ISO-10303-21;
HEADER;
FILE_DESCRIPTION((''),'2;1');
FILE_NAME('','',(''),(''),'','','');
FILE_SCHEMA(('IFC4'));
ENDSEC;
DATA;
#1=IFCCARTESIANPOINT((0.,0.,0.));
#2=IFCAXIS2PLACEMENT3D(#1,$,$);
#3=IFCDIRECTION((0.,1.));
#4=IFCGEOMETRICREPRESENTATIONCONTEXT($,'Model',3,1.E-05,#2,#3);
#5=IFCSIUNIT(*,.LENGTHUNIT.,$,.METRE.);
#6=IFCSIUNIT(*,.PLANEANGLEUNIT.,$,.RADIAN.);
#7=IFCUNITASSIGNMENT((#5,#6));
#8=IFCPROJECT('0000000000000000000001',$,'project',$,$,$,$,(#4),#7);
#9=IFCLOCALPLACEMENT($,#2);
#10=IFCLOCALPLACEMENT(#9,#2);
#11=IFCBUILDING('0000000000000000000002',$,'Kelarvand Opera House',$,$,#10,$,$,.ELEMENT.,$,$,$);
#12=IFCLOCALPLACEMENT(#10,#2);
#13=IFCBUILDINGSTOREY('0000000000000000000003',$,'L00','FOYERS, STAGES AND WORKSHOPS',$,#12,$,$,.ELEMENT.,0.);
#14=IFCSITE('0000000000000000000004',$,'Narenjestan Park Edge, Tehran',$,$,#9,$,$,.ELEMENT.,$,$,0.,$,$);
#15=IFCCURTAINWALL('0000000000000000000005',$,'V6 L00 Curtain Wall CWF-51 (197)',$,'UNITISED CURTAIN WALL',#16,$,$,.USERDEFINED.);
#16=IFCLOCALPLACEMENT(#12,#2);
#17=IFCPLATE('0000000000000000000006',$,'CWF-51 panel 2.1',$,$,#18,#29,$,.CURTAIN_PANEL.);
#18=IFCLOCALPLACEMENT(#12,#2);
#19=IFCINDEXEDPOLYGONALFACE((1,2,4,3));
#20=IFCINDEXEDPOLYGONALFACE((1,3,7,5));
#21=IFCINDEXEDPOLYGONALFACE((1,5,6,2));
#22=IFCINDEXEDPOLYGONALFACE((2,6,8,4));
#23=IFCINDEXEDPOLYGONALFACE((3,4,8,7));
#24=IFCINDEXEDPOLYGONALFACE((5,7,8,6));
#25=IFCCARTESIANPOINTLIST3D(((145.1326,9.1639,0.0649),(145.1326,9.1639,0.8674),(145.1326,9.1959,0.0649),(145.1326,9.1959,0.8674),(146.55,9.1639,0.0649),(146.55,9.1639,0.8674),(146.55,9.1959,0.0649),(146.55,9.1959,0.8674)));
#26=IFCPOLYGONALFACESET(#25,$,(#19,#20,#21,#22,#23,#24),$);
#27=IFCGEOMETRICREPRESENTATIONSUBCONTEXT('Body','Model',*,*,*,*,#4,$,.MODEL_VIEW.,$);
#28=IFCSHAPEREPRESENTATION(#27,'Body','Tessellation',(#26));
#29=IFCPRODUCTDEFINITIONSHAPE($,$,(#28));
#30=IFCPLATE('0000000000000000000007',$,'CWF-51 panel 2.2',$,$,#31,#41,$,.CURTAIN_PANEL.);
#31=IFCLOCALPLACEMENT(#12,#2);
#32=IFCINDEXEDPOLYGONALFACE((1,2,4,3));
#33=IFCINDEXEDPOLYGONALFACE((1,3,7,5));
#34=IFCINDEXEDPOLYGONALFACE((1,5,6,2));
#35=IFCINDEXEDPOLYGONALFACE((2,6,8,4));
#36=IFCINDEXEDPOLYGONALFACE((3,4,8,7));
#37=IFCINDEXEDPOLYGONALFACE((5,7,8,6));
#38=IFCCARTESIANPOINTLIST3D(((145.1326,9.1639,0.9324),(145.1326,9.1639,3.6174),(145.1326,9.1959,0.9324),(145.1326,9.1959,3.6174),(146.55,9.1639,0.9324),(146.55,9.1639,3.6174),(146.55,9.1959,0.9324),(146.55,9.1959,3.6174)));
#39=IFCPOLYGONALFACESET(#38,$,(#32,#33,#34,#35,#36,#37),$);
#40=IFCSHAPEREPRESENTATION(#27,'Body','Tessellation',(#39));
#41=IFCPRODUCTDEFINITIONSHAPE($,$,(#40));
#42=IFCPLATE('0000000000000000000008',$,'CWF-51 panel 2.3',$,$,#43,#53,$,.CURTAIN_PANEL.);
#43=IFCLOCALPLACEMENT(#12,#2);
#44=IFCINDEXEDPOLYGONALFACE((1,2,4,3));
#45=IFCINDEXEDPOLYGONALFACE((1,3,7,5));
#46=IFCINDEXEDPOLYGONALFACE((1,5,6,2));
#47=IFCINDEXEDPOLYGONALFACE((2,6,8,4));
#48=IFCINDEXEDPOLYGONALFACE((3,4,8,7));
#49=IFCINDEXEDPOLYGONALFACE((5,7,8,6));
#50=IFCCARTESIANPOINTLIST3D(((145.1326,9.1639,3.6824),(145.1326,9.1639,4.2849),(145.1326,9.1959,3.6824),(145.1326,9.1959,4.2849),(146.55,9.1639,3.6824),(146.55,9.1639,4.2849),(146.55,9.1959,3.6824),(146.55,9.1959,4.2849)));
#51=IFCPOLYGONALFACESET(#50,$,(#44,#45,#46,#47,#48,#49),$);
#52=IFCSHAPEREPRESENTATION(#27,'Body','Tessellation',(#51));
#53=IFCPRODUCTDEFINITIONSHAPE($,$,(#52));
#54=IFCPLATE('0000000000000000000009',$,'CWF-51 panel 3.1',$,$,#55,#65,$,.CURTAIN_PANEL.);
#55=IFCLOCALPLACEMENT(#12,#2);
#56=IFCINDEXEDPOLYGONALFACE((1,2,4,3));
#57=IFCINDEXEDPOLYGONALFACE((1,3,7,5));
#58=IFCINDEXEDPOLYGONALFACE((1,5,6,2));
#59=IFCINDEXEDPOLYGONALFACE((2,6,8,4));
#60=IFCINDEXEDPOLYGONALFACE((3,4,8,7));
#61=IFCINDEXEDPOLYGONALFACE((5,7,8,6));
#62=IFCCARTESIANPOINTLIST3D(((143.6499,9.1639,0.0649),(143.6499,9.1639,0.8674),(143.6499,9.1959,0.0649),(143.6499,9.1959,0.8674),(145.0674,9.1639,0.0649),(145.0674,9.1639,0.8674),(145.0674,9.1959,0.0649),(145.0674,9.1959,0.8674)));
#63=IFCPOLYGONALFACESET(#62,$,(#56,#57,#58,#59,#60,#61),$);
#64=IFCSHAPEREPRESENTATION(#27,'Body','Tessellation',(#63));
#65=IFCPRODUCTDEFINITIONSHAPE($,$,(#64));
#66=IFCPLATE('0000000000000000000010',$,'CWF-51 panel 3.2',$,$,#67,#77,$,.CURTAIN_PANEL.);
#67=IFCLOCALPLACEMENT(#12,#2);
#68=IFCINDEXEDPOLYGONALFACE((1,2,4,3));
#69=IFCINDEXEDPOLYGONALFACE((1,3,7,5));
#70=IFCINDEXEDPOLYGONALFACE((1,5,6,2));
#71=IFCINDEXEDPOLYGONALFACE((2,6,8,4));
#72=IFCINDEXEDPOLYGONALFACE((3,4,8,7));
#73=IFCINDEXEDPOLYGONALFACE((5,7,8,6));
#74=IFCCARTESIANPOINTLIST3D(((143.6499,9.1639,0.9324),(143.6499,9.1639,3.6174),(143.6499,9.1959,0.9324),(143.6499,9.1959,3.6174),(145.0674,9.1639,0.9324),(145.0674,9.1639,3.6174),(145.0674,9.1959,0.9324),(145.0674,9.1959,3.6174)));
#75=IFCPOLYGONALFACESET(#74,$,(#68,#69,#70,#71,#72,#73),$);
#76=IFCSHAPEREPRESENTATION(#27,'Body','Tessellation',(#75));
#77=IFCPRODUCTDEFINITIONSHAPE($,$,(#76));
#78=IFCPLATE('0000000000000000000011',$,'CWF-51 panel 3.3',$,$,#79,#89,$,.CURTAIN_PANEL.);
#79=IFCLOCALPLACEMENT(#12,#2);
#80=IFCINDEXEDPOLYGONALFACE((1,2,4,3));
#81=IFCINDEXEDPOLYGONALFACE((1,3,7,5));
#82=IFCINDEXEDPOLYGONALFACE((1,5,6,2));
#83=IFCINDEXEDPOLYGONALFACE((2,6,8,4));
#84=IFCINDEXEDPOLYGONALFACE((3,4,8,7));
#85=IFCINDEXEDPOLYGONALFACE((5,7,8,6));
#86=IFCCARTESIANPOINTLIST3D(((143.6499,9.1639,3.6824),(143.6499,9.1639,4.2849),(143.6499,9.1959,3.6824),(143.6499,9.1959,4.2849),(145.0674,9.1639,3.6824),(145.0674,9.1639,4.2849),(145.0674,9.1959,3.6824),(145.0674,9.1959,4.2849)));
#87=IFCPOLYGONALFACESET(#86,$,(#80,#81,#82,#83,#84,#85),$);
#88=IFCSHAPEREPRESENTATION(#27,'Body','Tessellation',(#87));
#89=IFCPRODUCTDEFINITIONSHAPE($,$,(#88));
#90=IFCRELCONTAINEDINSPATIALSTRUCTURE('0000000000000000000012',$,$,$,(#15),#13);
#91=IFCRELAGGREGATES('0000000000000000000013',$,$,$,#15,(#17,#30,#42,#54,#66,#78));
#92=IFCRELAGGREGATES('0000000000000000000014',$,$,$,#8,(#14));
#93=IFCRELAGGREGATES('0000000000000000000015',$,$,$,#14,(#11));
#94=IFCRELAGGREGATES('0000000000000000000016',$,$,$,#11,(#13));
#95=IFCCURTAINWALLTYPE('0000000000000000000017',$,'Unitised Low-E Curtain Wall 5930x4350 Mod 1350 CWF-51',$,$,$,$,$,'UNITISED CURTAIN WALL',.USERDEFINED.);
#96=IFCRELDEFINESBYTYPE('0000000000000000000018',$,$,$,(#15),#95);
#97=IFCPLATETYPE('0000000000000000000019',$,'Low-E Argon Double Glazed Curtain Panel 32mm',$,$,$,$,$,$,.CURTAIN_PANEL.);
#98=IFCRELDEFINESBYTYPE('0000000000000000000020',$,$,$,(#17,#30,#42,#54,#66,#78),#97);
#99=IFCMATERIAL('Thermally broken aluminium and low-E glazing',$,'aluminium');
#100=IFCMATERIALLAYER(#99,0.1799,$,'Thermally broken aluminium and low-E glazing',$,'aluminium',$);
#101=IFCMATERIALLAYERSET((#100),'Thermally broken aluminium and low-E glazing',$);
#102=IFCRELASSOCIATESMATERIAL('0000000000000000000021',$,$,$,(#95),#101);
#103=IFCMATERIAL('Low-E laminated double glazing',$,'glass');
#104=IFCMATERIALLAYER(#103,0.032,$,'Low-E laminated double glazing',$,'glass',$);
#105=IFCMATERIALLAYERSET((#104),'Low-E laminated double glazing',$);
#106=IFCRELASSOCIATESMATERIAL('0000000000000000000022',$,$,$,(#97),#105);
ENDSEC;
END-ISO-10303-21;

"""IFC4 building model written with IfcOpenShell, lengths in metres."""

from ifc_helpers import new_model, si_unit, direction, frame, origin, origin_2d, place, context, subcontext, project, spatial, rectangle, extrude, material, layer, layer_set, type_object, element, aggregate, save


model = new_model("IFC4")

# Units and contexts
model_context = context("Model", 3, precision=1e-05, world=origin(), true_north=direction((0.0, 1.0)))
body_context = subcontext(model_context, "Body", "Model", "MODEL_VIEW")
ifc_project = project(units=[si_unit("LENGTHUNIT", "METRE"), si_unit("PLANEANGLEUNIT", "RADIAN")], contexts=[model_context])

# Site, building, storey
site_placement = place(None, origin())
site = spatial("IfcSite", under=ifc_project, at=site_placement, Name="Narenjestan Park Edge, Tehran", CompositionType="ELEMENT", RefElevation=0.0)
building_placement = place(site_placement, origin())
building = spatial("IfcBuilding", under=site, at=building_placement, Name="Kelarvand Opera House", CompositionType="ELEMENT")
storey_placement = place(building_placement, origin())
storey = spatial("IfcBuildingStorey", under=building, at=storey_placement, Name="L00", Description="FOYERS, STAGES AND WORKSHOPS", CompositionType="ELEMENT", Elevation=0.0)

# Curtain wall, plates
ifc_material_1 = material(Name="Thermally broken aluminium and low-E glazing", Category="aluminium")
ifc_layer_1 = layer(ifc_material_1, 0.1799, Name="Thermally broken aluminium and low-E glazing", Category="aluminium")
ifc_layer_set_1 = layer_set([ifc_layer_1], Name="Thermally broken aluminium and low-E glazing")
curtain_wall_type = type_object("IfcCurtainWallType", Name="Unitised Low-E Curtain Wall 5930x4350 Mod 1350 CWF-51", ElementType="UNITISED CURTAIN WALL", PredefinedType="USERDEFINED", material=ifc_layer_set_1)
curtain_wall_placement = place(storey_placement, origin())
curtain_wall = element("IfcCurtainWall", 1, at=curtain_wall_placement, inside=storey, type_object=curtain_wall_type, Name="V6 L00 Curtain Wall CWF-51 (197)", ObjectType="UNITISED CURTAIN WALL", PredefinedType="USERDEFINED")
ifc_material_2 = material(Name="Low-E laminated double glazing", Category="glass")
ifc_layer_2 = layer(ifc_material_2, 0.032, Name="Low-E laminated double glazing", Category="glass")
ifc_layer_set_2 = layer_set([ifc_layer_2], Name="Low-E laminated double glazing")
plate_type = type_object("IfcPlateType", Name="Low-E Argon Double Glazed Curtain Panel 32mm", PredefinedType="CURTAIN_PANEL", material=ifc_layer_set_2)
plate_1_placement = place(storey_placement, frame((145.8413, 9.1799, 0.0649), z_axis=(0.0, 0.0, 1.0), x_axis=(-1.0, 0.0, 0.0)))
plate_1 = element("IfcPlate", 2, at=plate_1_placement, type_object=plate_type, Name="CWF-51 panel 2.1", PredefinedType="CURTAIN_PANEL", context=body_context, shape_type="SweptSolid", body=[
    extrude(rectangle(XDim=1.4175, YDim=0.032, at=origin_2d()), origin(), (0.0, 0.0, 1.0), 0.8025),
])
plate_2_placement = place(storey_placement, frame((145.8413, 9.1799, 0.9324), z_axis=(0.0, 0.0, 1.0), x_axis=(-1.0, 0.0, 0.0)))
plate_2 = element("IfcPlate", 3, at=plate_2_placement, type_object=plate_type, Name="CWF-51 panel 2.2", PredefinedType="CURTAIN_PANEL", context=body_context, shape_type="SweptSolid", body=[
    extrude(rectangle(XDim=1.4175, YDim=0.032, at=origin_2d()), origin(), (0.0, 0.0, 1.0), 2.6851),
])
plate_3_placement = place(storey_placement, frame((145.8413, 9.1799, 3.6824), z_axis=(0.0, 0.0, 1.0), x_axis=(-1.0, 0.0, 0.0)))
plate_3 = element("IfcPlate", 4, at=plate_3_placement, type_object=plate_type, Name="CWF-51 panel 2.3", PredefinedType="CURTAIN_PANEL", context=body_context, shape_type="SweptSolid", body=[
    extrude(rectangle(XDim=1.4175, YDim=0.032, at=origin_2d()), origin(), (0.0, 0.0, 1.0), 0.6025),
])
plate_4_placement = place(storey_placement, frame((144.3586, 9.1799, 0.0649), z_axis=(0.0, 0.0, 1.0), x_axis=(-1.0, 0.0, 0.0)))
plate_4 = element("IfcPlate", 5, at=plate_4_placement, type_object=plate_type, Name="CWF-51 panel 3.1", PredefinedType="CURTAIN_PANEL", context=body_context, shape_type="SweptSolid", body=[
    extrude(rectangle(XDim=1.4175, YDim=0.032, at=origin_2d()), origin(), (0.0, 0.0, 1.0), 0.8025),
])
plate_5_placement = place(storey_placement, frame((144.3586, 9.1799, 0.9324), z_axis=(0.0, 0.0, 1.0), x_axis=(-1.0, 0.0, 0.0)))
plate_5 = element("IfcPlate", 6, at=plate_5_placement, type_object=plate_type, Name="CWF-51 panel 3.2", PredefinedType="CURTAIN_PANEL", context=body_context, shape_type="SweptSolid", body=[
    extrude(rectangle(XDim=1.4175, YDim=0.032, at=origin_2d()), origin(), (0.0, 0.0, 1.0), 2.6851),
])
plate_6_placement = place(storey_placement, frame((144.3586, 9.1799, 3.6824), z_axis=(0.0, 0.0, 1.0), x_axis=(-1.0, 0.0, 0.0)))
plate_6 = element("IfcPlate", 7, at=plate_6_placement, type_object=plate_type, Name="CWF-51 panel 3.3", PredefinedType="CURTAIN_PANEL", context=body_context, shape_type="SweptSolid", body=[
    extrude(rectangle(XDim=1.4175, YDim=0.032, at=origin_2d()), origin(), (0.0, 0.0, 1.0), 0.6025),
])
aggregate(curtain_wall, [plate_1, plate_2, plate_3, plate_4, plate_5, plate_6])

save(model, "model.ifc")
